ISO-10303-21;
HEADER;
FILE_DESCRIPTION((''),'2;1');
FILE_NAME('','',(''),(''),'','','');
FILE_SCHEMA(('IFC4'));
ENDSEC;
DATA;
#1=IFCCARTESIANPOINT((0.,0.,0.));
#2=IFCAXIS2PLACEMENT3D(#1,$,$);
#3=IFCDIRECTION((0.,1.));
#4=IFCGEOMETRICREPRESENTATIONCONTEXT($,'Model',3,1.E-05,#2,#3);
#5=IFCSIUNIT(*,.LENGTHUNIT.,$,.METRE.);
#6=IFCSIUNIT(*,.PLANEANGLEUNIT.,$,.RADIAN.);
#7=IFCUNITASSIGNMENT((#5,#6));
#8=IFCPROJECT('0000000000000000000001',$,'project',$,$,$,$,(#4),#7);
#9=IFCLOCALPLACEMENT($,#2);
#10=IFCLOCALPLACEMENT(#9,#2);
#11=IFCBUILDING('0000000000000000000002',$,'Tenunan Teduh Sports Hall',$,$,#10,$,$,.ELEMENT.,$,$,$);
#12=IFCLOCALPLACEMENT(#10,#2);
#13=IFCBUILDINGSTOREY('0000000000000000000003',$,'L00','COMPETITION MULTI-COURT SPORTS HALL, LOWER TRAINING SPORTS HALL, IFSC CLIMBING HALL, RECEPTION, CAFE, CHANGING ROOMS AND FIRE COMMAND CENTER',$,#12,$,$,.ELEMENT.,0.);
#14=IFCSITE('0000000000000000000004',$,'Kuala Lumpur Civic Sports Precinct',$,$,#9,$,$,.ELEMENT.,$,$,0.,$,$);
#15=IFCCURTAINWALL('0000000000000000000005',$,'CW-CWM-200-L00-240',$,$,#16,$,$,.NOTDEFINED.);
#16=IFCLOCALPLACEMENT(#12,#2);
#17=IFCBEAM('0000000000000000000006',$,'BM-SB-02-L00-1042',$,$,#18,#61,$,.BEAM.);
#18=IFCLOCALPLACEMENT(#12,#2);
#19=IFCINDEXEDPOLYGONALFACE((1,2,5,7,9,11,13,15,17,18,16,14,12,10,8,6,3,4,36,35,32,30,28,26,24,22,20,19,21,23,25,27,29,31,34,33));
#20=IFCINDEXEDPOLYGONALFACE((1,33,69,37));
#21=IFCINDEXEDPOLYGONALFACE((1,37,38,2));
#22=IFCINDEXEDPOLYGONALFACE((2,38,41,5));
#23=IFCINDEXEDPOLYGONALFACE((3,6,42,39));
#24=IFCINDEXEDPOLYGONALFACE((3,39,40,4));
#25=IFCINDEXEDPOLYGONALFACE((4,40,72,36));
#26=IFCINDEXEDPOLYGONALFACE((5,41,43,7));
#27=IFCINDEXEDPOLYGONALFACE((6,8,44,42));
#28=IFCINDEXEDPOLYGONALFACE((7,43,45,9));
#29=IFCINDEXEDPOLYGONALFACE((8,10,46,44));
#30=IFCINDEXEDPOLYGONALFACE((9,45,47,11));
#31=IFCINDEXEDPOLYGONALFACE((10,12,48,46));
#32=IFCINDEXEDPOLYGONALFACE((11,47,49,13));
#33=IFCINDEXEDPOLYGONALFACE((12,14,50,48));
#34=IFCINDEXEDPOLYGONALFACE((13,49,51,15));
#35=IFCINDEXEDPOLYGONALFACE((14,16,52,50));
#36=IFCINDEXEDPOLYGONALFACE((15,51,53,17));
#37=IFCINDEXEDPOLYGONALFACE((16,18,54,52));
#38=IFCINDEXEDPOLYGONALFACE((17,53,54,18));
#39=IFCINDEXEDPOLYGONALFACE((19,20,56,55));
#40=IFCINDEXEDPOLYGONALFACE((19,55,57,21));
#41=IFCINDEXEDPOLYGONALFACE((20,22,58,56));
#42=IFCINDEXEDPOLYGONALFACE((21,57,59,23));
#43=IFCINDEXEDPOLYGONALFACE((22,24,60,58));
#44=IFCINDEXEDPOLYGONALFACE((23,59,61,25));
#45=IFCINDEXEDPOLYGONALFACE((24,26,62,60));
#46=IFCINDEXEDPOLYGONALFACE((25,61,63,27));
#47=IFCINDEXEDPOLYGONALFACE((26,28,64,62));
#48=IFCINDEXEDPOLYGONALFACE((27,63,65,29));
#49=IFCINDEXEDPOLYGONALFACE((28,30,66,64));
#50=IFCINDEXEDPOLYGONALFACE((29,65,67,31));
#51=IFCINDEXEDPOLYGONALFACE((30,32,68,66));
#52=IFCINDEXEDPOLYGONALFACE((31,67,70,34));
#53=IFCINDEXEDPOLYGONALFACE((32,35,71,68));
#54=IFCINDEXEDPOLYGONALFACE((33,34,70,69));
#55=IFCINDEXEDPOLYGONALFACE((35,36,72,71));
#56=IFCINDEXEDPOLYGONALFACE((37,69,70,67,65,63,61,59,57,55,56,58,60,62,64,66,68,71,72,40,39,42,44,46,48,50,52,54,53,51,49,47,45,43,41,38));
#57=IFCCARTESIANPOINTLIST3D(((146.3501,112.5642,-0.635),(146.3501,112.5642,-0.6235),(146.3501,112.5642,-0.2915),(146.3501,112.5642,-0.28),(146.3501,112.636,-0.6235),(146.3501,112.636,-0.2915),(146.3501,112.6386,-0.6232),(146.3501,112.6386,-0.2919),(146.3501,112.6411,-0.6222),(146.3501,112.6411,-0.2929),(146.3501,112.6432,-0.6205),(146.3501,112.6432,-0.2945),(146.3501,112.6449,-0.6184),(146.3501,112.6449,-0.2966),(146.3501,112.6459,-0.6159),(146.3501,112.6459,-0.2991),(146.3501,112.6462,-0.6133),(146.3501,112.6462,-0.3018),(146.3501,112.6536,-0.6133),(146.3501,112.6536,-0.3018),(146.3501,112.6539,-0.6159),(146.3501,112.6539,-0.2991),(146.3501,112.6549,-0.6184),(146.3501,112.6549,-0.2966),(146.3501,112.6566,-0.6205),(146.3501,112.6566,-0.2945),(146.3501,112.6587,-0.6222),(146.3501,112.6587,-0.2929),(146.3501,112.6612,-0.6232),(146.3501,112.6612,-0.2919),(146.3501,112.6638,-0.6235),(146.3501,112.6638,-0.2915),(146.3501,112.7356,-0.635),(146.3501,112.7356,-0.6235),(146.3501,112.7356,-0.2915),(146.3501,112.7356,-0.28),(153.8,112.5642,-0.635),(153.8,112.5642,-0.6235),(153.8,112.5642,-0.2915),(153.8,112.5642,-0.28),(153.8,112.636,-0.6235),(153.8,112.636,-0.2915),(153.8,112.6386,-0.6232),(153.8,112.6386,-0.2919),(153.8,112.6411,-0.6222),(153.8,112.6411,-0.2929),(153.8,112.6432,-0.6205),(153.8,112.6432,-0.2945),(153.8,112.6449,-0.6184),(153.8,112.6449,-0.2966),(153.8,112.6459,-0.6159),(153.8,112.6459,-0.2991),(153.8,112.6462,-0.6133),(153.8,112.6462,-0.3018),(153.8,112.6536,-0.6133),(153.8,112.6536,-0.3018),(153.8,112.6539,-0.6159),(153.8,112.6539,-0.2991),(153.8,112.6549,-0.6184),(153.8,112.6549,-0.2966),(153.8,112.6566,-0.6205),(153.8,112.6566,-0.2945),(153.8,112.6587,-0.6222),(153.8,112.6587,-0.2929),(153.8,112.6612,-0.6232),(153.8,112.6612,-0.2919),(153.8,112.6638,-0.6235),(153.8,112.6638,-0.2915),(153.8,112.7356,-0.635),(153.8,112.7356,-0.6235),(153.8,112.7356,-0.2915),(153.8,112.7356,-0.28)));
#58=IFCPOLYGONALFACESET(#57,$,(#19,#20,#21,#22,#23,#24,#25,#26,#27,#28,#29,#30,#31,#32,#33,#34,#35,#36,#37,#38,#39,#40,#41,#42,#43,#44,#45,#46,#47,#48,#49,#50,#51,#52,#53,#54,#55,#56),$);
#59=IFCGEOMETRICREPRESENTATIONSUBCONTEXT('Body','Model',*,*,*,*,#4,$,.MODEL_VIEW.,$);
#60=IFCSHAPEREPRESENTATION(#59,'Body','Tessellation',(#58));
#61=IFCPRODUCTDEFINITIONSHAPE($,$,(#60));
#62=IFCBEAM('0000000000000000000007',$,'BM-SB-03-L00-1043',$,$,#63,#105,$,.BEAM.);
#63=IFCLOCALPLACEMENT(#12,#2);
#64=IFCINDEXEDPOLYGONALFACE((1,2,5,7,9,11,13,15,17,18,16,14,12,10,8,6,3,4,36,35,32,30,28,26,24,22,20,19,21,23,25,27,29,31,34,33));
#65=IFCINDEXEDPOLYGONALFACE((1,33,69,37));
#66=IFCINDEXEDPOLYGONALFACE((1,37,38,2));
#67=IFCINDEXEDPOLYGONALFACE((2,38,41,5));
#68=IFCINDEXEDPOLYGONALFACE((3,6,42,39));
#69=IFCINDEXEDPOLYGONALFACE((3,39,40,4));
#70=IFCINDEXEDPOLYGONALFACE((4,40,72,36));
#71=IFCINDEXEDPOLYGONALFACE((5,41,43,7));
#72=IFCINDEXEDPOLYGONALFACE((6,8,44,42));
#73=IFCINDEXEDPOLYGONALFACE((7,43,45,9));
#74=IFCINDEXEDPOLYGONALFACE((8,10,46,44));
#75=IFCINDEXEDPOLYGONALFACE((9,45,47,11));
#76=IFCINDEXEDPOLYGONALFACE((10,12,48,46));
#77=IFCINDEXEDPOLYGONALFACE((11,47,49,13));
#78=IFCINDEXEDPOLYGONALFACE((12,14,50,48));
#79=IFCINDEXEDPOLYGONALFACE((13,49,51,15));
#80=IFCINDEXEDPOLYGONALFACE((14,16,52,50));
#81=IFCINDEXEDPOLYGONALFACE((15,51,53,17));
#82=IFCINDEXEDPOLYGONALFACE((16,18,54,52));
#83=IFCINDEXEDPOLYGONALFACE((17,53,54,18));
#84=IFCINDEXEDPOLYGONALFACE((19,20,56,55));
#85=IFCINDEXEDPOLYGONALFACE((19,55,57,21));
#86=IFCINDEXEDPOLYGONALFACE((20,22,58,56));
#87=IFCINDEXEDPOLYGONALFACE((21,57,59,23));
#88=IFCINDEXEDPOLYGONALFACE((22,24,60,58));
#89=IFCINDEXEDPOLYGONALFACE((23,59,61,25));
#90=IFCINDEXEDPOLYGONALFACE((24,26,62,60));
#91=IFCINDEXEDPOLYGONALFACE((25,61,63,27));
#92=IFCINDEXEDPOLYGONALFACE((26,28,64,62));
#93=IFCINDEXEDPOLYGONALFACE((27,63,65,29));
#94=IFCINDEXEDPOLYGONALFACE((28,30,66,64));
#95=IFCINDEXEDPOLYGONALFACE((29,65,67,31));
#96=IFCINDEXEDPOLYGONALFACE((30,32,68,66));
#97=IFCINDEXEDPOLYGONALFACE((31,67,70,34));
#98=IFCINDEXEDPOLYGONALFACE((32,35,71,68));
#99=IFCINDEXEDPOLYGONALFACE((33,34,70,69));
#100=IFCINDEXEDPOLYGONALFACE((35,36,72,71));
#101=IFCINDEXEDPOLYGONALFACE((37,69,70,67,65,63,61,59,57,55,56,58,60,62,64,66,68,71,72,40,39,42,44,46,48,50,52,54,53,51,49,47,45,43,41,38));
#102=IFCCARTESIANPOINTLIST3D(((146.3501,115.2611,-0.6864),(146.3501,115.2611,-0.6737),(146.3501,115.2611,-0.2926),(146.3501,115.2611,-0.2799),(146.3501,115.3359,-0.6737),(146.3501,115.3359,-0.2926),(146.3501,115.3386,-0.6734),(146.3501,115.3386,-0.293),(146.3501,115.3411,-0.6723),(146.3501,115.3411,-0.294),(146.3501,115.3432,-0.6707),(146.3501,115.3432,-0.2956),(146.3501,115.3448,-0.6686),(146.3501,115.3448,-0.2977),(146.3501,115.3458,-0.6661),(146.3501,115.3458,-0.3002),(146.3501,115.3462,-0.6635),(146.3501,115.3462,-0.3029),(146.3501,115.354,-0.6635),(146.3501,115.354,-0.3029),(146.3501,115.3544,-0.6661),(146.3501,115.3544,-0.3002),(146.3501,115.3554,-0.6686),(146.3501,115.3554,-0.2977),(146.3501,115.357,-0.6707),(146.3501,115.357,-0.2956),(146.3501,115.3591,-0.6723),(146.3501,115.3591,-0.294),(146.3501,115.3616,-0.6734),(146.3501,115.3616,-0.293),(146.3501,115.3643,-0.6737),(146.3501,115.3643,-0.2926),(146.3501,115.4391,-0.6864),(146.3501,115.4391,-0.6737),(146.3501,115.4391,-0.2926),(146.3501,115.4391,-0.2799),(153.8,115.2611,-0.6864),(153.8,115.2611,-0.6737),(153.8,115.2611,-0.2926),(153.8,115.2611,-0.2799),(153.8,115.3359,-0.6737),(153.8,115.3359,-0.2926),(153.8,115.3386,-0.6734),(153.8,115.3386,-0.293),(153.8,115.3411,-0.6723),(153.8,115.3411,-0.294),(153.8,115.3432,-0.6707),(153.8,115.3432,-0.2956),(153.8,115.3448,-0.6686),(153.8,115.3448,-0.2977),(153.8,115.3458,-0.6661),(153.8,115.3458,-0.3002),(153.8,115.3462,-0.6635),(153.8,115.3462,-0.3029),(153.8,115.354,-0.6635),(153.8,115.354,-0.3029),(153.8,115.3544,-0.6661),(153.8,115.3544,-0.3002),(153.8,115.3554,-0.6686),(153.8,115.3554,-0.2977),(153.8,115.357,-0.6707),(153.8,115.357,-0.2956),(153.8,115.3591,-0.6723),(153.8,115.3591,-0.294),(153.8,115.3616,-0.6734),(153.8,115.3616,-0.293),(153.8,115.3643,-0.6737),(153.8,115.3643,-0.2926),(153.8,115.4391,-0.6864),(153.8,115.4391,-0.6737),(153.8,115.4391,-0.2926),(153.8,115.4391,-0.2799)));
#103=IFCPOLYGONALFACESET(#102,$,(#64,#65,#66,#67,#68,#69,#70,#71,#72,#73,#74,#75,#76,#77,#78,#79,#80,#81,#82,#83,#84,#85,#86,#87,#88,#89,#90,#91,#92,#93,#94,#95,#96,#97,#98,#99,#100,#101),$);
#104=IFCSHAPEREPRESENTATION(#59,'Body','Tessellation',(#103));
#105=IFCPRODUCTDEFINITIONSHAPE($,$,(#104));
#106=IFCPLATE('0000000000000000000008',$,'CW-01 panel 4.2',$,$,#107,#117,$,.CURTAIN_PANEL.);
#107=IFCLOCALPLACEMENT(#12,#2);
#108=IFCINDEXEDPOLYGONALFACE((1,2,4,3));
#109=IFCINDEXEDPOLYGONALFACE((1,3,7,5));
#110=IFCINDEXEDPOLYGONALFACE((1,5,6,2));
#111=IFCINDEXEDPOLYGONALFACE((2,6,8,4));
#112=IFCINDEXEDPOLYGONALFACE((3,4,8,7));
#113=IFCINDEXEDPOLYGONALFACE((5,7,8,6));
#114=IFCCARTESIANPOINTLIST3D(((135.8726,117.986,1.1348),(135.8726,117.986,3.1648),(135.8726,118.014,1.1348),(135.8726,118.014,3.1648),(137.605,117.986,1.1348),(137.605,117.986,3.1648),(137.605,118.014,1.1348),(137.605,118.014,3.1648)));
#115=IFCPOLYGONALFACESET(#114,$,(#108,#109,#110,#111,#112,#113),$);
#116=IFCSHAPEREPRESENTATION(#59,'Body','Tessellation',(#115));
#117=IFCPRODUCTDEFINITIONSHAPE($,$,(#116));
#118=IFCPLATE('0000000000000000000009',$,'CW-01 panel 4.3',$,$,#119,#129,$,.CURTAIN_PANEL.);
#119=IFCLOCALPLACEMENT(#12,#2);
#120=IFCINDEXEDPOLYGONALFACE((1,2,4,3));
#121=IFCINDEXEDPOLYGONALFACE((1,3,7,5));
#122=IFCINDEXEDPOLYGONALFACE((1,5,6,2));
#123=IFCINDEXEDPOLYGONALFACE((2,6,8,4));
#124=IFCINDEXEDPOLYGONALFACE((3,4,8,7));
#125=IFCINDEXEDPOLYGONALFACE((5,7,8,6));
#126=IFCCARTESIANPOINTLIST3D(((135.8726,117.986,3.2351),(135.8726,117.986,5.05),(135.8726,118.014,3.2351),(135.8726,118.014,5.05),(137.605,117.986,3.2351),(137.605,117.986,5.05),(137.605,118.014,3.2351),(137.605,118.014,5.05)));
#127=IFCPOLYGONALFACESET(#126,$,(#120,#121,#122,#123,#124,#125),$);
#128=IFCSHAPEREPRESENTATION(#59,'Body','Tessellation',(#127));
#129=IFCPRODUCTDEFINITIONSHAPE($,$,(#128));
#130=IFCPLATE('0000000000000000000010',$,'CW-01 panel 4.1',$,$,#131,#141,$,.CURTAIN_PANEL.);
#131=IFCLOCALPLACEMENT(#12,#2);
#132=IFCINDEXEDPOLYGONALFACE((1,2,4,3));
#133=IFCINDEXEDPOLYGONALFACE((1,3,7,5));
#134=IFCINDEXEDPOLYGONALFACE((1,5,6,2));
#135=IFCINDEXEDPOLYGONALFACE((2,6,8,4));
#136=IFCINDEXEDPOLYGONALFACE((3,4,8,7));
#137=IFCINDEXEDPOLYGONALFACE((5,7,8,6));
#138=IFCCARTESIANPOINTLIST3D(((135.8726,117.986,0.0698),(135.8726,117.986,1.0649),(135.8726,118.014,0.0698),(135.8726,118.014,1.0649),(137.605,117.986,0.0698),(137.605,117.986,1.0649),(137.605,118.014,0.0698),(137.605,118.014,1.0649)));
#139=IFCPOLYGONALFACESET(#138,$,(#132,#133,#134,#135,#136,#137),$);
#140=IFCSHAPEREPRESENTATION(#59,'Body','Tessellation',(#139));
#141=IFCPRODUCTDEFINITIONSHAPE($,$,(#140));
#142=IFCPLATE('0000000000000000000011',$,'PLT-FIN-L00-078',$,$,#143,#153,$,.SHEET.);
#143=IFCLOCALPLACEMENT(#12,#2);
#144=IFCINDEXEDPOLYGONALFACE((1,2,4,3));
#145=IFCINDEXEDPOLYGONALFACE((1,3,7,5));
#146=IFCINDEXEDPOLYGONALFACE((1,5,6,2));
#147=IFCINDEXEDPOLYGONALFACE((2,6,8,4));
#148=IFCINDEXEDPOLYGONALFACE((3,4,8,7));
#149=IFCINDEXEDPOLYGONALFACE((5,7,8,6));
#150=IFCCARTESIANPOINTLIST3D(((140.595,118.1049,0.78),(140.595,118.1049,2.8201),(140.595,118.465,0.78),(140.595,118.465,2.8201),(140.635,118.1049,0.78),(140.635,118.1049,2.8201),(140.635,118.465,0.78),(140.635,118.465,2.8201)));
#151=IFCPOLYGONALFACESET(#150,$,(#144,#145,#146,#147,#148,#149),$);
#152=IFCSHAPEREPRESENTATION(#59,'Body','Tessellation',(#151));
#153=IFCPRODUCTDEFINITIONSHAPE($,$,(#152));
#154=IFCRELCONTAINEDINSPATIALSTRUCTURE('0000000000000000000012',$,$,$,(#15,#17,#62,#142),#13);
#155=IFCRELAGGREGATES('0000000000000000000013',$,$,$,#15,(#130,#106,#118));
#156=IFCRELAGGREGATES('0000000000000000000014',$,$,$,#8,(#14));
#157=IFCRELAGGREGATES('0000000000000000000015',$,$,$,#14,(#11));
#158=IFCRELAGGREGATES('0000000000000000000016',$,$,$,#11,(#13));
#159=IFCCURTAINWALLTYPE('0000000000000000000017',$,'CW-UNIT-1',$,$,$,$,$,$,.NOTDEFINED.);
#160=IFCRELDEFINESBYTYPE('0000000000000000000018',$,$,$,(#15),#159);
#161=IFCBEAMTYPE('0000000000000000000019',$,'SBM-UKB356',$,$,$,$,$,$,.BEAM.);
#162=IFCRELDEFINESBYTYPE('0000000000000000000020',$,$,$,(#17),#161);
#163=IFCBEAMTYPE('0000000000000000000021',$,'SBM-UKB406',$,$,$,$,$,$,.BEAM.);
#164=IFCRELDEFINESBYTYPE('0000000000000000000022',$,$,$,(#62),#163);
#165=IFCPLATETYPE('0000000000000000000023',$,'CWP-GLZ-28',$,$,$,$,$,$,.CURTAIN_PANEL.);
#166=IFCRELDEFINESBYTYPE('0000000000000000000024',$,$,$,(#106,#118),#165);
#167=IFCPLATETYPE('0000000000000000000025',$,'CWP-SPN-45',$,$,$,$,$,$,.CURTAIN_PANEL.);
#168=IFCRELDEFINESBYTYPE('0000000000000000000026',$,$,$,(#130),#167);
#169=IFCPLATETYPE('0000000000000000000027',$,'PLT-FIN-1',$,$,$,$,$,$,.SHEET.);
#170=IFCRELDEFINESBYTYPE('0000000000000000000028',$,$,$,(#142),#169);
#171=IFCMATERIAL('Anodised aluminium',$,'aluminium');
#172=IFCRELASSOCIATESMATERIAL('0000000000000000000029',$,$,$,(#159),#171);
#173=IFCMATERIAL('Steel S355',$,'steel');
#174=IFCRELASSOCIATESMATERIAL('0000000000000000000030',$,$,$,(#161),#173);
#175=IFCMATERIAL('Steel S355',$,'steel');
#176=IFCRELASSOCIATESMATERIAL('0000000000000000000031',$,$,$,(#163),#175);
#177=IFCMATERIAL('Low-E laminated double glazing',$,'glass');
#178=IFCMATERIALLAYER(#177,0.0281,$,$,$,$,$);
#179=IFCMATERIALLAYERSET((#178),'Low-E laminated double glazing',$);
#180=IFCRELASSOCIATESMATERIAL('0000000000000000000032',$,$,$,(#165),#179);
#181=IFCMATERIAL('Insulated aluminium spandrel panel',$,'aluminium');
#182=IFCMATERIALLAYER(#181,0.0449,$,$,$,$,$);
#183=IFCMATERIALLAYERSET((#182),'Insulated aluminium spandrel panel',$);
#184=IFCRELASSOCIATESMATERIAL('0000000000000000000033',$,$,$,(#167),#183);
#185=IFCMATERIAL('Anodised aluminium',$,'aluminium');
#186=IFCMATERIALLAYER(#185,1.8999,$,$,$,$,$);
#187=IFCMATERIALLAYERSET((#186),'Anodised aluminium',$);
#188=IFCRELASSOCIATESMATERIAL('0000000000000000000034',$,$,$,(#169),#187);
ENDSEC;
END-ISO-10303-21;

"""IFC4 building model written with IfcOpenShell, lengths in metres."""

from ifc_helpers import new_model, si_unit, direction, frame, origin, origin_2d, place, context, subcontext, project, spatial, rectangle, i_section, extrude, material, layer, layer_set, material_profile, profile_set, type_object, element, aggregate, save


model = new_model("IFC4")

# Units and contexts
model_context = context("Model", 3, precision=1e-05, world=origin(), true_north=direction((0.0, 1.0)))
body_context = subcontext(model_context, "Body", "Model", "MODEL_VIEW")
ifc_project = project(units=[si_unit("LENGTHUNIT", "METRE"), si_unit("PLANEANGLEUNIT", "RADIAN")], contexts=[model_context])

# Site, building, storey
site_placement = place(None, origin())
site = spatial("IfcSite", under=ifc_project, at=site_placement, Name="Kuala Lumpur Civic Sports Precinct", CompositionType="ELEMENT", RefElevation=0.0)
building_placement = place(site_placement, origin())
building = spatial("IfcBuilding", under=site, at=building_placement, Name="Tenunan Teduh Sports Hall", CompositionType="ELEMENT")
storey_placement = place(building_placement, origin())
storey = spatial("IfcBuildingStorey", under=building, at=storey_placement, Name="L00", Description="COMPETITION MULTI-COURT SPORTS HALL, LOWER TRAINING SPORTS HALL, IFSC CLIMBING HALL, RECEPTION, CAFE, CHANGING ROOMS AND FIRE COMMAND CENTER", CompositionType="ELEMENT", Elevation=0.0)

# Curtain wall
ifc_material_1 = material(Name="Anodised aluminium", Category="aluminium")
curtain_wall_type = type_object("IfcCurtainWallType", Name="CW-UNIT-1", PredefinedType="NOTDEFINED", material=ifc_material_1)
curtain_wall_placement = place(storey_placement, origin())
curtain_wall = element("IfcCurtainWall", 1, at=curtain_wall_placement, inside=storey, type_object=curtain_wall_type, Name="CW-CWM-200-L00-240", PredefinedType="NOTDEFINED")

# Beams
ifc_material_2 = material(Name="Steel S355", Category="steel")
ifc_material_profile_1 = material_profile(ifc_material_2, i_section(OverallWidth=0.1714, OverallDepth=0.355, WebThickness=0.0073, FlangeThickness=0.0115, FilletRadius=0.0103, at=origin_2d()), Name="UKB 356x171x51")
ifc_profile_set_1 = profile_set([ifc_material_profile_1], Name="Steel S355")
beam_type_1 = type_object("IfcBeamType", Name="SBM-UKB356", PredefinedType="BEAM", material=ifc_profile_set_1)
beam_1_placement = place(storey_placement, frame((146.3501, 112.6499, -0.4575), z_axis=(1.0, 0.0, 0.0), x_axis=(0.0, 1.0, 0.0)))
element("IfcBeam", 2, at=beam_1_placement, inside=storey, type_object=beam_type_1, Name="BM-SB-02-L00-1042", PredefinedType="BEAM", context=body_context, shape_type="SweptSolid", body=[
    extrude(i_section(OverallWidth=0.1714, OverallDepth=0.355, WebThickness=0.0073, FlangeThickness=0.0115, FilletRadius=0.0103, at=origin_2d()), origin(), (0.0, 0.0, 1.0), 7.45),
])
ifc_material_3 = material(Name="Steel S355", Category="steel")
ifc_material_profile_2 = material_profile(ifc_material_3, i_section(OverallWidth=0.178, OverallDepth=0.4065, WebThickness=0.0078, FlangeThickness=0.0127, FilletRadius=0.0103, at=origin_2d()), Name="UKB 406x178x60")
ifc_profile_set_2 = profile_set([ifc_material_profile_2], Name="Steel S355")
beam_type_2 = type_object("IfcBeamType", Name="SBM-UKB406", PredefinedType="BEAM", material=ifc_profile_set_2)
beam_2_placement = place(storey_placement, frame((146.3501, 115.3501, -0.4832), z_axis=(1.0, 0.0, 0.0), x_axis=(0.0, 1.0, 0.0)))
element("IfcBeam", 3, at=beam_2_placement, inside=storey, type_object=beam_type_2, Name="BM-SB-03-L00-1043", PredefinedType="BEAM", context=body_context, shape_type="SweptSolid", body=[
    extrude(i_section(OverallWidth=0.178, OverallDepth=0.4065, WebThickness=0.0078, FlangeThickness=0.0127, FilletRadius=0.0103, at=origin_2d()), origin(), (0.0, 0.0, 1.0), 7.45),
])

# Plates
ifc_material_4 = material(Name="Low-E laminated double glazing", Category="glass")
ifc_layer_1 = layer(ifc_material_4, 0.0281)
ifc_layer_set_1 = layer_set([ifc_layer_1], Name="Low-E laminated double glazing")
plate_type_1 = type_object("IfcPlateType", Name="CWP-GLZ-28", PredefinedType="CURTAIN_PANEL", material=ifc_layer_set_1)
plate_1_placement = place(storey_placement, frame((136.7388, 118.0, 1.1348), z_axis=(0.0, 0.0, 1.0), x_axis=(1.0, 0.0, 0.0)))
plate_1 = element("IfcPlate", 4, at=plate_1_placement, type_object=plate_type_1, Name="CW-01 panel 4.2", PredefinedType="CURTAIN_PANEL", context=body_context, shape_type="SweptSolid", body=[
    extrude(rectangle(XDim=1.7324, YDim=0.0281, at=origin_2d()), origin(), (0.0, 0.0, 1.0), 2.03),
])
plate_2_placement = place(storey_placement, frame((136.7388, 118.0, 3.2351), z_axis=(0.0, 0.0, 1.0), x_axis=(1.0, 0.0, 0.0)))
plate_2 = element("IfcPlate", 5, at=plate_2_placement, type_object=plate_type_1, Name="CW-01 panel 4.3", PredefinedType="CURTAIN_PANEL", context=body_context, shape_type="SweptSolid", body=[
    extrude(rectangle(XDim=1.7324, YDim=0.0281, at=origin_2d()), origin(), (0.0, 0.0, 1.0), 1.8149),
])
ifc_material_5 = material(Name="Insulated aluminium spandrel panel", Category="aluminium")
ifc_layer_2 = layer(ifc_material_5, 0.0449)
ifc_layer_set_2 = layer_set([ifc_layer_2], Name="Insulated aluminium spandrel panel")
plate_type_2 = type_object("IfcPlateType", Name="CWP-SPN-45", PredefinedType="CURTAIN_PANEL", material=ifc_layer_set_2)
plate_3_placement = place(storey_placement, frame((136.7388, 118.0, 0.0698), z_axis=(0.0, 0.0, 1.0), x_axis=(1.0, 0.0, 0.0)))
plate_3 = element("IfcPlate", 6, at=plate_3_placement, type_object=plate_type_2, Name="CW-01 panel 4.1", PredefinedType="CURTAIN_PANEL", context=body_context, shape_type="SweptSolid", body=[
    extrude(rectangle(XDim=1.7324, YDim=0.0281, at=origin_2d()), origin(), (0.0, 0.0, 1.0), 0.9951),
])
aggregate(curtain_wall, [plate_3, plate_1, plate_2])
ifc_material_6 = material(Name="Anodised aluminium", Category="aluminium")
ifc_layer_3 = layer(ifc_material_6, 1.8999)
ifc_layer_set_3 = layer_set([ifc_layer_3], Name="Anodised aluminium")
plate_type_3 = type_object("IfcPlateType", Name="PLT-FIN-1", PredefinedType="SHEET", material=ifc_layer_set_3)
plate_4_placement = place(storey_placement, frame((140.615, 118.2849, 0.78), z_axis=(0.0, 0.0, 1.0), x_axis=(1.0, 0.0, 0.0)))
element("IfcPlate", 7, at=plate_4_placement, inside=storey, type_object=plate_type_3, Name="PLT-FIN-L00-078", PredefinedType="SHEET", context=body_context, shape_type="SweptSolid", body=[
    extrude(rectangle(XDim=0.04, YDim=0.3601, at=origin_2d()), origin(), (0.0, 0.0, 1.0), 2.04),
])

save(model, "model.ifc")
